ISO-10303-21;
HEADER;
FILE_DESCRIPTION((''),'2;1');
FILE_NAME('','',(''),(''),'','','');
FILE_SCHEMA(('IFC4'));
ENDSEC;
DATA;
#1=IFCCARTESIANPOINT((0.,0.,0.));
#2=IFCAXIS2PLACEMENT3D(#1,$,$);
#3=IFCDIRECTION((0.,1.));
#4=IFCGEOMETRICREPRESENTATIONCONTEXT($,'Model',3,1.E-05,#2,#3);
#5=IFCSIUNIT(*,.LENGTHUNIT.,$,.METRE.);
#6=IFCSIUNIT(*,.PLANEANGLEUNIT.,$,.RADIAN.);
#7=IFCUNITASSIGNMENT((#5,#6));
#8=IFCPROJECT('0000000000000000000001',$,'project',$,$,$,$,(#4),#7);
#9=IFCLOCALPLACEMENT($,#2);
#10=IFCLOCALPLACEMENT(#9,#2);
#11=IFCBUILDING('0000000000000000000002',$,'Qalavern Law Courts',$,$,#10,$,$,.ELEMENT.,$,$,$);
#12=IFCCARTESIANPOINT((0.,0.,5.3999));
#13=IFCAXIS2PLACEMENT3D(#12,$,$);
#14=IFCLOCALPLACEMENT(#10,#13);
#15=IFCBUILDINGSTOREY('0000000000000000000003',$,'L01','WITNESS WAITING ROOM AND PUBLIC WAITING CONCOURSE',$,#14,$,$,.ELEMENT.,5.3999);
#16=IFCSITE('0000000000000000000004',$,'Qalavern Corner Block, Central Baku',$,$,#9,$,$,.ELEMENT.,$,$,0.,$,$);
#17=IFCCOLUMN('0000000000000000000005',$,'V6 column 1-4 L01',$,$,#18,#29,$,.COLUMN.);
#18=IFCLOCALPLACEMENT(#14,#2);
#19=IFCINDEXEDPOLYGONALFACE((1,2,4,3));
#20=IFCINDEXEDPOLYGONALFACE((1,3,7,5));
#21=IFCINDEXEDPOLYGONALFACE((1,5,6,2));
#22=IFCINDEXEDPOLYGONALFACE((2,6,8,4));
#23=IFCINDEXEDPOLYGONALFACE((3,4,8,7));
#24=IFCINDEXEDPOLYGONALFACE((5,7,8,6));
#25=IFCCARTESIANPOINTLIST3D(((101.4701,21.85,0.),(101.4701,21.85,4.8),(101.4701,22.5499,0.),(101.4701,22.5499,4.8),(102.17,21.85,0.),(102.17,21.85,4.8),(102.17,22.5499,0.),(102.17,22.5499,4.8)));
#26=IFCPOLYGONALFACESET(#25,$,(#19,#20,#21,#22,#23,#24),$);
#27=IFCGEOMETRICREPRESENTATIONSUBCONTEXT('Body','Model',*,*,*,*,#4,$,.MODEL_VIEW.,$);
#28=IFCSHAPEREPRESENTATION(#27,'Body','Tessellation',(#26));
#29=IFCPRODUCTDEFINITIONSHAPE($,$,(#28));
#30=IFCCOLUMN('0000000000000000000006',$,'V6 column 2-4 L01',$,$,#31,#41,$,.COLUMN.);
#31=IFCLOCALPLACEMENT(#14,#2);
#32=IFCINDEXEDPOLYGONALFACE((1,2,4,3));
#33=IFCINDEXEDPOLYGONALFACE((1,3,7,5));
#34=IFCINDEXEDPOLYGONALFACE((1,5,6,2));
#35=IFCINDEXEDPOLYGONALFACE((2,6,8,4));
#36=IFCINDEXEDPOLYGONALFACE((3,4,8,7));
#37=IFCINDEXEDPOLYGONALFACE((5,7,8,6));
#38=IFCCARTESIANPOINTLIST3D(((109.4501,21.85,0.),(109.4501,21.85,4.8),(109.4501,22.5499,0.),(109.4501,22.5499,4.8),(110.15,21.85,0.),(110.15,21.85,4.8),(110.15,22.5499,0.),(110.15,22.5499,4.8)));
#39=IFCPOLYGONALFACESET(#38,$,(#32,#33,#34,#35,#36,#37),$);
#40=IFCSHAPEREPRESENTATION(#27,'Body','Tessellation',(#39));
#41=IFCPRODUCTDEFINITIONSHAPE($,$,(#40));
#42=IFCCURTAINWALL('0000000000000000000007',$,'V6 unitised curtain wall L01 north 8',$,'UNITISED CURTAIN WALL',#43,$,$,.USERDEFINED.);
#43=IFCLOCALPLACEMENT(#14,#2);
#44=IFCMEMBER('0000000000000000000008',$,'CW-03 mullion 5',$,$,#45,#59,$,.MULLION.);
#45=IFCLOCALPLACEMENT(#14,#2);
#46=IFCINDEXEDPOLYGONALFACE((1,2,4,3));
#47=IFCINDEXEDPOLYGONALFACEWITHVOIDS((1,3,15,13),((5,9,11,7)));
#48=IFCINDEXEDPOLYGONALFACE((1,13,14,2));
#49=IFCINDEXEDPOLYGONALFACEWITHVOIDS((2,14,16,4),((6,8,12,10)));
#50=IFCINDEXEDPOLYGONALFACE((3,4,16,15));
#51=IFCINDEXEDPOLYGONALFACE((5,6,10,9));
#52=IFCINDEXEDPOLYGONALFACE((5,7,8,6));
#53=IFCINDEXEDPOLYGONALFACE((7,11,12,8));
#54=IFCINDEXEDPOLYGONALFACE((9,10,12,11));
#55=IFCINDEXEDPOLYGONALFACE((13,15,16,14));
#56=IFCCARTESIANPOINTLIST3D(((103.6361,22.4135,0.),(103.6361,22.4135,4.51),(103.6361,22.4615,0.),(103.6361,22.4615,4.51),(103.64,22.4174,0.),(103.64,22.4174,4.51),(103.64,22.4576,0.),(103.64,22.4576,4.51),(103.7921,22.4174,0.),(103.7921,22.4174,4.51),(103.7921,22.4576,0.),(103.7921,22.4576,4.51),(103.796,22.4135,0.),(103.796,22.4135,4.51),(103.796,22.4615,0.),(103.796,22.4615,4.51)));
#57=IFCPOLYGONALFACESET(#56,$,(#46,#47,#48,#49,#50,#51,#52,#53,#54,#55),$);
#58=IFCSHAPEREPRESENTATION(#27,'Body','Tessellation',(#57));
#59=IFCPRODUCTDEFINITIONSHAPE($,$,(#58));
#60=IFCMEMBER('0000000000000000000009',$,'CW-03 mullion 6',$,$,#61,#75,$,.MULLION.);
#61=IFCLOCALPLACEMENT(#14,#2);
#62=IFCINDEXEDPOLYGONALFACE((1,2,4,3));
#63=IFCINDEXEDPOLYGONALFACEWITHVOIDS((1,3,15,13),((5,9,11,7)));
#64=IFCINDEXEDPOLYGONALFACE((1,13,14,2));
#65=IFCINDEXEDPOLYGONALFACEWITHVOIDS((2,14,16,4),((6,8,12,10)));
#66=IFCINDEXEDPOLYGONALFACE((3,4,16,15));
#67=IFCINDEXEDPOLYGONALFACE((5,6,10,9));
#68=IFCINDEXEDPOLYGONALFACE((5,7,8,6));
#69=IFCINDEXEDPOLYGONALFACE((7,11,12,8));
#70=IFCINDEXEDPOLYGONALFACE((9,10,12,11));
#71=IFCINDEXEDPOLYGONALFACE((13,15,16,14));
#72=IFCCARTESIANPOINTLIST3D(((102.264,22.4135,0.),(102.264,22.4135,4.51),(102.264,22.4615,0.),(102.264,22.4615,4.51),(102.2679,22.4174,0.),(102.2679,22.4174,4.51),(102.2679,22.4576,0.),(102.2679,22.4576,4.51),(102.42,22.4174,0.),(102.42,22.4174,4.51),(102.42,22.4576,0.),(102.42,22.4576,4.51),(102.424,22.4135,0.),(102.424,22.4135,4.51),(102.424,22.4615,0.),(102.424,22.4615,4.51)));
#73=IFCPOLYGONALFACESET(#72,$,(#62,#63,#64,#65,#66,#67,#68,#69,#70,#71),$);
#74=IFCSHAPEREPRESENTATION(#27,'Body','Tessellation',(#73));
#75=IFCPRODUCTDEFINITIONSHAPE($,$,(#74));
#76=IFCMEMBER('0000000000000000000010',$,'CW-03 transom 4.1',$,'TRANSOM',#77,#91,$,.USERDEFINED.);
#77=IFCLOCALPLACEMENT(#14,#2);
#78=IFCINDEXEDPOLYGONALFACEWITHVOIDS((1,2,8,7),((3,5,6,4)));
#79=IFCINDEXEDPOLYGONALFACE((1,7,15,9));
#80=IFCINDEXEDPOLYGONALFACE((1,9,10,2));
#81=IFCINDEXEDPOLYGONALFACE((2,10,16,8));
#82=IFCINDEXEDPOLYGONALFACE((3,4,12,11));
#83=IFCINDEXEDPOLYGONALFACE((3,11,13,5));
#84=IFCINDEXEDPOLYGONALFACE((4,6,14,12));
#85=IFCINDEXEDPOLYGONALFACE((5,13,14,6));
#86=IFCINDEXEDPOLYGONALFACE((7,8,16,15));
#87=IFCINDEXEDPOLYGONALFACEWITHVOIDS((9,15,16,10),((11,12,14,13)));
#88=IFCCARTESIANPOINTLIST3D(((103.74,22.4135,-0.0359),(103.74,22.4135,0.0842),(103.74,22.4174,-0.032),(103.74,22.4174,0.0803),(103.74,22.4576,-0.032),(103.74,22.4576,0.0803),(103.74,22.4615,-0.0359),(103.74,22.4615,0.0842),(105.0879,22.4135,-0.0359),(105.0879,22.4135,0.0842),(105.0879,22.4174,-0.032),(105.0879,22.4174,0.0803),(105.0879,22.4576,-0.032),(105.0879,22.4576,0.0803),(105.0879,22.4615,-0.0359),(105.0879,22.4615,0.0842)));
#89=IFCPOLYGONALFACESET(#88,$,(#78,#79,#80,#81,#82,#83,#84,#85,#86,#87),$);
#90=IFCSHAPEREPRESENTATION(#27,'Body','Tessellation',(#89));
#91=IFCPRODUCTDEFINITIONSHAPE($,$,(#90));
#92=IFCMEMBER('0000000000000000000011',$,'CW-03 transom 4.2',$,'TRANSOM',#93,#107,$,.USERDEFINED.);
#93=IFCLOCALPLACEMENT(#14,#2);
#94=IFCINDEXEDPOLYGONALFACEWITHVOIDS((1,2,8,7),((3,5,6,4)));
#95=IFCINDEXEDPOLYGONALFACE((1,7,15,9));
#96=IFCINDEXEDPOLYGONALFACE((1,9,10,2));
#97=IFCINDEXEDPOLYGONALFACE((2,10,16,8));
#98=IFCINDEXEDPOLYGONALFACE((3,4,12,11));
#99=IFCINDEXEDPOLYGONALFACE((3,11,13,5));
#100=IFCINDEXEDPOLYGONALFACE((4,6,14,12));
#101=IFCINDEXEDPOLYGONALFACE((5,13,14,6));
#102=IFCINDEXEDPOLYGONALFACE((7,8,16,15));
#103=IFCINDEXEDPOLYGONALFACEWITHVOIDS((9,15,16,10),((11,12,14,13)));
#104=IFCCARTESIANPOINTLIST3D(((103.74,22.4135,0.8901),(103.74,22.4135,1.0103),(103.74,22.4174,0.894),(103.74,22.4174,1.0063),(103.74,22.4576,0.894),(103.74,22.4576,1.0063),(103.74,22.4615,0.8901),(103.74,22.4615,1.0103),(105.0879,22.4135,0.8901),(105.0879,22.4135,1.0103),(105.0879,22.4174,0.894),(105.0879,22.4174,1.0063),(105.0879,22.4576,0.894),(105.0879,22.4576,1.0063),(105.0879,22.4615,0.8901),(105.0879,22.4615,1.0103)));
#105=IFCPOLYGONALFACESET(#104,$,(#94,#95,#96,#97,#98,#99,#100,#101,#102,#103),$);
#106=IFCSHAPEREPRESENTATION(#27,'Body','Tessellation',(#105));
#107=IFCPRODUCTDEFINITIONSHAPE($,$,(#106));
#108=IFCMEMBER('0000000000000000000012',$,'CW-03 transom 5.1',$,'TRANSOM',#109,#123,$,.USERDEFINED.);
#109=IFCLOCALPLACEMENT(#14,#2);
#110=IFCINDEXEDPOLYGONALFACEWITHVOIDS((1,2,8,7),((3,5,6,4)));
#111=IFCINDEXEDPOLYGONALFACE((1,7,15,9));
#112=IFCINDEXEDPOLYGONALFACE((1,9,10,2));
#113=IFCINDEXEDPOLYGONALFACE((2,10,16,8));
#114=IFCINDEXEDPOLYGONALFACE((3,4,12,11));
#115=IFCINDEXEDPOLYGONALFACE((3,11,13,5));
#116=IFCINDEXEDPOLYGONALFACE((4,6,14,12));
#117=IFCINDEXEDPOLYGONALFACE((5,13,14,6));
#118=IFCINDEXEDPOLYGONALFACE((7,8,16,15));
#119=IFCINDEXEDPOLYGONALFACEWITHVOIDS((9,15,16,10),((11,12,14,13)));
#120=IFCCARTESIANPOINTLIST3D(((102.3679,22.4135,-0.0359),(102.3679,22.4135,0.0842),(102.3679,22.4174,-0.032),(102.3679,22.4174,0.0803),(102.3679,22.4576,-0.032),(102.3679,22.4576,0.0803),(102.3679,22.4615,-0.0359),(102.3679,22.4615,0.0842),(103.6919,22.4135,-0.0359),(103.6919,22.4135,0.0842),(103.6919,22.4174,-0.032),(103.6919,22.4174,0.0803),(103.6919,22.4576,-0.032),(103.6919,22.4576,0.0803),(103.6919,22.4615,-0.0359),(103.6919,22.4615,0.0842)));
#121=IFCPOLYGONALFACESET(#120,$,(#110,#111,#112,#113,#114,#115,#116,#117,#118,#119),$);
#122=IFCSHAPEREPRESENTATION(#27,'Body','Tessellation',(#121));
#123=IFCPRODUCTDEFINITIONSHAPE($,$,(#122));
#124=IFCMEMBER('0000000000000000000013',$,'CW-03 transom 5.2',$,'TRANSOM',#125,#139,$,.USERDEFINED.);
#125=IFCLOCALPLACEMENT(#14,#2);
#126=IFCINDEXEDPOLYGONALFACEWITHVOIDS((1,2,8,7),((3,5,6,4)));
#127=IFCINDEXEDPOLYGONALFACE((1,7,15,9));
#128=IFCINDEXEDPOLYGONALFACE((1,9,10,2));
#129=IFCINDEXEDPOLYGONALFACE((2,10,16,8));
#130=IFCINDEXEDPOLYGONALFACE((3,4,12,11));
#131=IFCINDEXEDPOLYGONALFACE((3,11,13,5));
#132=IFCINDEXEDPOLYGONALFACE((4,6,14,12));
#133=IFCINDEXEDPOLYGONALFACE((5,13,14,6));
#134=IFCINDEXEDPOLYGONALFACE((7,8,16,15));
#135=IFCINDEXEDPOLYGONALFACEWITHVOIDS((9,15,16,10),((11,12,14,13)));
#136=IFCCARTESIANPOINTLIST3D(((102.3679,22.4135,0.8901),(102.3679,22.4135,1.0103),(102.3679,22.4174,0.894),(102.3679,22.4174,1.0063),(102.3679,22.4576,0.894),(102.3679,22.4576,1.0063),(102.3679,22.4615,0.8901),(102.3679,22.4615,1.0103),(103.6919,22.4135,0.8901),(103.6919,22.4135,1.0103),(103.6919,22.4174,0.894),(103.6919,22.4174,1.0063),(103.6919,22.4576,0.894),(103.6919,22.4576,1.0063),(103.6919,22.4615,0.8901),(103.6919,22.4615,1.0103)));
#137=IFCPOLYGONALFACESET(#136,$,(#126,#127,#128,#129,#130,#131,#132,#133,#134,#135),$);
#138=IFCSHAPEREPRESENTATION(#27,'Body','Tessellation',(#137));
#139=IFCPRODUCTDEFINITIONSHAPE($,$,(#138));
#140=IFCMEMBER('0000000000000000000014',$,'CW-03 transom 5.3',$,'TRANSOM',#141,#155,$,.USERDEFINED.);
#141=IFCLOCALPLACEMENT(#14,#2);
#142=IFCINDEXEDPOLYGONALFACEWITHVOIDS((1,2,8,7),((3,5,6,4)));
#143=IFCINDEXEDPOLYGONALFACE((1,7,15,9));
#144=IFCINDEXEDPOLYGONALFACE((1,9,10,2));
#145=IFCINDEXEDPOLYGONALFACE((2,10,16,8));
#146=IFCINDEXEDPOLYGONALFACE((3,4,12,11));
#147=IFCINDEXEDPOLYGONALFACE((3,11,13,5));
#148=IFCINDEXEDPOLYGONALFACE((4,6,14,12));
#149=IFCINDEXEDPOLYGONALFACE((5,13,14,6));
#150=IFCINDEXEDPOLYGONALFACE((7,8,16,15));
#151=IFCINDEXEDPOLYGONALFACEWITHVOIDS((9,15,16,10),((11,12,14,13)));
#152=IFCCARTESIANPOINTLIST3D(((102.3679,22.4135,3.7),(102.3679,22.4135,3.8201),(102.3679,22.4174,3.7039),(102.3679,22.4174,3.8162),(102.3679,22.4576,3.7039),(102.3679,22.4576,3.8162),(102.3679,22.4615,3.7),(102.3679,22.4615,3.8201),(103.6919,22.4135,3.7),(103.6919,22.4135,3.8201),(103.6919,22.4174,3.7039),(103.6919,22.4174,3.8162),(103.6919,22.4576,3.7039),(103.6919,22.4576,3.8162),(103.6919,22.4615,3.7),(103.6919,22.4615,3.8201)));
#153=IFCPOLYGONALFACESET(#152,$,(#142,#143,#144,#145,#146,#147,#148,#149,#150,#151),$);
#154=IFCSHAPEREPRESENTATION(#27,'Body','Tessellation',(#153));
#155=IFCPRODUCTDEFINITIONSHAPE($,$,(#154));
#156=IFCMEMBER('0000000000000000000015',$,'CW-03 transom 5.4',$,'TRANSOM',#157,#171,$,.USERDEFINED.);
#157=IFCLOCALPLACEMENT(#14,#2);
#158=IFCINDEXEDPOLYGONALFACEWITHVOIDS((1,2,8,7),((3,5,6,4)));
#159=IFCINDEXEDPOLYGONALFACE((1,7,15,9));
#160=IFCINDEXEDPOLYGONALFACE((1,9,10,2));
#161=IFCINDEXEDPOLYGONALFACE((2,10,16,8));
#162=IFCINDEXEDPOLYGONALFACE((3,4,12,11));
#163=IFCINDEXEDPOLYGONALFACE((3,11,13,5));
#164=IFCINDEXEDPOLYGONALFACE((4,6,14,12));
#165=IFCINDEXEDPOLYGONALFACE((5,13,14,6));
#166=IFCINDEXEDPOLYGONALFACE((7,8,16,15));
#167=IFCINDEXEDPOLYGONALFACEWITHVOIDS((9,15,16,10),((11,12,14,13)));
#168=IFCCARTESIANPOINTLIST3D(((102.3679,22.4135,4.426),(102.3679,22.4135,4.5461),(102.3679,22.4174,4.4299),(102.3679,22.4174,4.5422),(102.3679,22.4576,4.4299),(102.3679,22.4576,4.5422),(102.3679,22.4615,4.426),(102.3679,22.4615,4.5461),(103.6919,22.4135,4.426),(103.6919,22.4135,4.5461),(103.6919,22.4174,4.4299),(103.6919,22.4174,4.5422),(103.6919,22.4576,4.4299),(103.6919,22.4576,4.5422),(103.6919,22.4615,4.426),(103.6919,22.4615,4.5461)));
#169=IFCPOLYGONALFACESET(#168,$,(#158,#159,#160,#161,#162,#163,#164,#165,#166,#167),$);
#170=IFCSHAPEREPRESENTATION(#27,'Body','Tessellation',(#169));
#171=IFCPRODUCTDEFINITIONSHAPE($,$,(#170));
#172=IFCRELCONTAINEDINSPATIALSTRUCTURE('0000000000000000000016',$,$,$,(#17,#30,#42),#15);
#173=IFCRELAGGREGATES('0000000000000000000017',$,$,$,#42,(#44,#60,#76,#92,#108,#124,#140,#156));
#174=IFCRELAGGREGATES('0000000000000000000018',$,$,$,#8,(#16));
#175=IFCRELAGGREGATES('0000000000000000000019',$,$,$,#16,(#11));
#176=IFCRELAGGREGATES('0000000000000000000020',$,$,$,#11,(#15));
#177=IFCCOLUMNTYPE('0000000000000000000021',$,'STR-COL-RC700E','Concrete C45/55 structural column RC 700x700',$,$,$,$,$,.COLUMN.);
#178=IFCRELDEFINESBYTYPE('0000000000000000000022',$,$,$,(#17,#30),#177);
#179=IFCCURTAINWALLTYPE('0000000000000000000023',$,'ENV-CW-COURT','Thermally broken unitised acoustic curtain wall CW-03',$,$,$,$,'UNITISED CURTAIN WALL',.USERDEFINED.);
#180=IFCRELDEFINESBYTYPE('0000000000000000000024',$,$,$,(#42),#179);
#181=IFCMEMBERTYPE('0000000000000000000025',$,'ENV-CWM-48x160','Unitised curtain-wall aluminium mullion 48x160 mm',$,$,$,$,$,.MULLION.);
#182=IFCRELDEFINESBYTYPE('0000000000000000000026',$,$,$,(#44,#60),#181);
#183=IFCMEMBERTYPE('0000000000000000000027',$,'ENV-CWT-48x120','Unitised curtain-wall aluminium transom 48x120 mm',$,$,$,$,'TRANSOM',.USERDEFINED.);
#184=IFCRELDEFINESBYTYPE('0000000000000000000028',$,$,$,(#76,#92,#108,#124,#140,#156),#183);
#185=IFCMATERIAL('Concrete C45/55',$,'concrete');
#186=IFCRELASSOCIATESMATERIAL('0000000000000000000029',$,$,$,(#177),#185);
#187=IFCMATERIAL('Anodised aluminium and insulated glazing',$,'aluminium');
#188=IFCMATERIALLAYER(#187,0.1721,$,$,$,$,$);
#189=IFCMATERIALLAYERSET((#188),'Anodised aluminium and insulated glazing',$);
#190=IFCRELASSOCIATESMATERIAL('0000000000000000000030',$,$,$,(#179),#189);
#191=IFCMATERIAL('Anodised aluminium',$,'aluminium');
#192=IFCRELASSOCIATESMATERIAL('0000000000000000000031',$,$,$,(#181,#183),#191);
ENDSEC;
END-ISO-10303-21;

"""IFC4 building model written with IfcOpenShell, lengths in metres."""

from ifc_helpers import new_model, si_unit, direction, frame, origin, origin_2d, place, context, subcontext, project, spatial, rectangle, hollow_rectangle, extrude, material, layer, layer_set, material_profile, profile_set, type_object, element, aggregate, save


model = new_model("IFC4")

# Units and contexts
model_context = context("Model", 3, precision=1e-05, world=origin(), true_north=direction((0.0, 1.0)))
body_context = subcontext(model_context, "Body", "Model", "MODEL_VIEW")
ifc_project = project(units=[si_unit("LENGTHUNIT", "METRE"), si_unit("PLANEANGLEUNIT", "RADIAN")], contexts=[model_context])

# Site, building, storey
site_placement = place(None, origin())
site = spatial("IfcSite", under=ifc_project, at=site_placement, Name="Qalavern Corner Block, Central Baku", CompositionType="ELEMENT", RefElevation=0.0)
building_placement = place(site_placement, origin())
building = spatial("IfcBuilding", under=site, at=building_placement, Name="Qalavern Law Courts", CompositionType="ELEMENT")
storey_placement = place(building_placement, frame((0.0, 0.0, 5.3999)))
storey = spatial("IfcBuildingStorey", under=building, at=storey_placement, Name="L01", Description="WITNESS WAITING ROOM AND PUBLIC WAITING CONCOURSE", CompositionType="ELEMENT", Elevation=5.3999)

# Columns
ifc_material_1 = material(Name="Concrete C45/55", Category="concrete")
ifc_material_profile_1 = material_profile(ifc_material_1, rectangle(XDim=0.7, YDim=0.7, at=origin_2d()), Name="RC 700x700")
ifc_profile_set_1 = profile_set([ifc_material_profile_1], Name="Concrete C45/55")
column_type = type_object("IfcColumnType", Name="STR-COL-RC700E", Description="Concrete C45/55 structural column RC 700x700", PredefinedType="COLUMN", material=ifc_profile_set_1)
for number, where, z_axis, x_axis, name in (
    (1, (101.8201, 22.2, 0.0), (0.0, 0.0, 1.0), (1.0, 0.0, 0.0), "V6 column 1-4 L01"),
    (2, (109.8, 22.2, 0.0), (0.0, 0.0, 1.0), (1.0, 0.0, 0.0), "V6 column 2-4 L01"),
):
    element("IfcColumn", number, at=place(storey_placement, frame(where, z_axis=z_axis, x_axis=x_axis)), inside=storey, type_object=column_type, Name=name, PredefinedType="COLUMN", context=body_context, shape_type="SweptSolid", body=[
        extrude(rectangle(XDim=0.7, YDim=0.7, at=origin_2d()), origin(), (0.0, 0.0, 1.0), 4.8),
    ])

# Curtain wall, members
ifc_material_2 = material(Name="Anodised aluminium and insulated glazing", Category="aluminium")
ifc_layer_1 = layer(ifc_material_2, 0.1721)
ifc_layer_set_1 = layer_set([ifc_layer_1], Name="Anodised aluminium and insulated glazing")
curtain_wall_type = type_object("IfcCurtainWallType", Name="ENV-CW-COURT", Description="Thermally broken unitised acoustic curtain wall CW-03", ElementType="UNITISED CURTAIN WALL", PredefinedType="USERDEFINED", material=ifc_layer_set_1)
curtain_wall_placement = place(storey_placement, origin())
curtain_wall = element("IfcCurtainWall", 3, at=curtain_wall_placement, inside=storey, type_object=curtain_wall_type, Name="V6 unitised curtain wall L01 north 8", ObjectType="UNITISED CURTAIN WALL", PredefinedType="USERDEFINED")
ifc_material_3 = material(Name="Anodised aluminium", Category="aluminium")
ifc_material_profile_2 = material_profile(ifc_material_3, hollow_rectangle(XDim=0.0481, YDim=0.1599, WallThickness=0.0039, at=origin_2d()), Name="ALU MULLION 48x160")
ifc_profile_set_2 = profile_set([ifc_material_profile_2], Name="Anodised aluminium")
member_type_1 = type_object("IfcMemberType", Name="ENV-CWM-48x160", Description="Unitised curtain-wall aluminium mullion 48x160 mm", PredefinedType="MULLION", material=ifc_profile_set_2)
member_1_placement = place(storey_placement, frame((103.7161, 22.4375, 0.0), z_axis=(0.0, 0.0, 1.0), x_axis=(0.0, -1.0, 0.0)))
member_1 = element("IfcMember", 4, at=member_1_placement, type_object=member_type_1, Name="CW-03 mullion 5", PredefinedType="MULLION", context=body_context, shape_type="SweptSolid", body=[
    extrude(hollow_rectangle(XDim=0.0481, YDim=0.1599, WallThickness=0.0039, at=origin_2d()), origin(), (0.0, 0.0, 1.0), 4.51),
])
member_2_placement = place(storey_placement, frame((102.344, 22.4375, 0.0), z_axis=(0.0, 0.0, 1.0), x_axis=(0.0, -1.0, 0.0)))
member_2 = element("IfcMember", 5, at=member_2_placement, type_object=member_type_1, Name="CW-03 mullion 6", PredefinedType="MULLION", context=body_context, shape_type="SweptSolid", body=[
    extrude(hollow_rectangle(XDim=0.0481, YDim=0.1599, WallThickness=0.0039, at=origin_2d()), origin(), (0.0, 0.0, 1.0), 4.51),
])
ifc_material_profile_3 = material_profile(ifc_material_3, hollow_rectangle(XDim=0.0481, YDim=0.1201, WallThickness=0.0039, at=origin_2d()), Name="ALU TRANSOM 48x120")
ifc_profile_set_3 = profile_set([ifc_material_profile_3], Name="Anodised aluminium")
member_type_2 = type_object("IfcMemberType", Name="ENV-CWT-48x120", Description="Unitised curtain-wall aluminium transom 48x120 mm", ElementType="TRANSOM", PredefinedType="USERDEFINED", material=ifc_profile_set_3)
member_3_placement = place(storey_placement, frame((105.0879, 22.4375, 0.0242), z_axis=(-1.0, 0.0, 0.0), x_axis=(0.0, -1.0, 0.0)))
member_3 = element("IfcMember", 6, at=member_3_placement, type_object=member_type_2, Name="CW-03 transom 4.1", ObjectType="TRANSOM", PredefinedType="USERDEFINED", context=body_context, shape_type="SweptSolid", body=[
    extrude(hollow_rectangle(XDim=0.0481, YDim=0.1201, WallThickness=0.0039, at=origin_2d()), origin(), (0.0, 0.0, 1.0), 1.3479),
])
member_4_placement = place(storey_placement, frame((105.0879, 22.4375, 0.9502), z_axis=(-1.0, 0.0, 0.0), x_axis=(0.0, -1.0, 0.0)))
member_4 = element("IfcMember", 7, at=member_4_placement, type_object=member_type_2, Name="CW-03 transom 4.2", ObjectType="TRANSOM", PredefinedType="USERDEFINED", context=body_context, shape_type="SweptSolid", body=[
    extrude(hollow_rectangle(XDim=0.0481, YDim=0.1201, WallThickness=0.0039, at=origin_2d()), origin(), (0.0, 0.0, 1.0), 1.3479),
])
member_5_placement = place(storey_placement, frame((103.6919, 22.4375, 0.0242), z_axis=(-1.0, 0.0, 0.0), x_axis=(0.0, -1.0, 0.0)))
member_5 = element("IfcMember", 8, at=member_5_placement, type_object=member_type_2, Name="CW-03 transom 5.1", ObjectType="TRANSOM", PredefinedType="USERDEFINED", context=body_context, shape_type="SweptSolid", body=[
    extrude(hollow_rectangle(XDim=0.0481, YDim=0.1201, WallThickness=0.0039, at=origin_2d()), origin(), (0.0, 0.0, 1.0), 1.324),
])
member_6_placement = place(storey_placement, frame((103.6919, 22.4375, 0.9502), z_axis=(-1.0, 0.0, 0.0), x_axis=(0.0, -1.0, 0.0)))
member_6 = element("IfcMember", 9, at=member_6_placement, type_object=member_type_2, Name="CW-03 transom 5.2", ObjectType="TRANSOM", PredefinedType="USERDEFINED", context=body_context, shape_type="SweptSolid", body=[
    extrude(hollow_rectangle(XDim=0.0481, YDim=0.1201, WallThickness=0.0039, at=origin_2d()), origin(), (0.0, 0.0, 1.0), 1.324),
])
member_7_placement = place(storey_placement, frame((103.6919, 22.4375, 3.76), z_axis=(-1.0, 0.0, 0.0), x_axis=(0.0, -1.0, 0.0)))
member_7 = element("IfcMember", 10, at=member_7_placement, type_object=member_type_2, Name="CW-03 transom 5.3", ObjectType="TRANSOM", PredefinedType="USERDEFINED", context=body_context, shape_type="SweptSolid", body=[
    extrude(hollow_rectangle(XDim=0.0481, YDim=0.1201, WallThickness=0.0039, at=origin_2d()), origin(), (0.0, 0.0, 1.0), 1.324),
])
member_8_placement = place(storey_placement, frame((103.6919, 22.4375, 4.4861), z_axis=(-1.0, 0.0, 0.0), x_axis=(0.0, -1.0, 0.0)))
member_8 = element("IfcMember", 11, at=member_8_placement, type_object=member_type_2, Name="CW-03 transom 5.4", ObjectType="TRANSOM", PredefinedType="USERDEFINED", context=body_context, shape_type="SweptSolid", body=[
    extrude(hollow_rectangle(XDim=0.0481, YDim=0.1201, WallThickness=0.0039, at=origin_2d()), origin(), (0.0, 0.0, 1.0), 1.324),
])

aggregate(curtain_wall, [member_1, member_2, member_3, member_4, member_5, member_6, member_7, member_8])

save(model, "model.ifc")
